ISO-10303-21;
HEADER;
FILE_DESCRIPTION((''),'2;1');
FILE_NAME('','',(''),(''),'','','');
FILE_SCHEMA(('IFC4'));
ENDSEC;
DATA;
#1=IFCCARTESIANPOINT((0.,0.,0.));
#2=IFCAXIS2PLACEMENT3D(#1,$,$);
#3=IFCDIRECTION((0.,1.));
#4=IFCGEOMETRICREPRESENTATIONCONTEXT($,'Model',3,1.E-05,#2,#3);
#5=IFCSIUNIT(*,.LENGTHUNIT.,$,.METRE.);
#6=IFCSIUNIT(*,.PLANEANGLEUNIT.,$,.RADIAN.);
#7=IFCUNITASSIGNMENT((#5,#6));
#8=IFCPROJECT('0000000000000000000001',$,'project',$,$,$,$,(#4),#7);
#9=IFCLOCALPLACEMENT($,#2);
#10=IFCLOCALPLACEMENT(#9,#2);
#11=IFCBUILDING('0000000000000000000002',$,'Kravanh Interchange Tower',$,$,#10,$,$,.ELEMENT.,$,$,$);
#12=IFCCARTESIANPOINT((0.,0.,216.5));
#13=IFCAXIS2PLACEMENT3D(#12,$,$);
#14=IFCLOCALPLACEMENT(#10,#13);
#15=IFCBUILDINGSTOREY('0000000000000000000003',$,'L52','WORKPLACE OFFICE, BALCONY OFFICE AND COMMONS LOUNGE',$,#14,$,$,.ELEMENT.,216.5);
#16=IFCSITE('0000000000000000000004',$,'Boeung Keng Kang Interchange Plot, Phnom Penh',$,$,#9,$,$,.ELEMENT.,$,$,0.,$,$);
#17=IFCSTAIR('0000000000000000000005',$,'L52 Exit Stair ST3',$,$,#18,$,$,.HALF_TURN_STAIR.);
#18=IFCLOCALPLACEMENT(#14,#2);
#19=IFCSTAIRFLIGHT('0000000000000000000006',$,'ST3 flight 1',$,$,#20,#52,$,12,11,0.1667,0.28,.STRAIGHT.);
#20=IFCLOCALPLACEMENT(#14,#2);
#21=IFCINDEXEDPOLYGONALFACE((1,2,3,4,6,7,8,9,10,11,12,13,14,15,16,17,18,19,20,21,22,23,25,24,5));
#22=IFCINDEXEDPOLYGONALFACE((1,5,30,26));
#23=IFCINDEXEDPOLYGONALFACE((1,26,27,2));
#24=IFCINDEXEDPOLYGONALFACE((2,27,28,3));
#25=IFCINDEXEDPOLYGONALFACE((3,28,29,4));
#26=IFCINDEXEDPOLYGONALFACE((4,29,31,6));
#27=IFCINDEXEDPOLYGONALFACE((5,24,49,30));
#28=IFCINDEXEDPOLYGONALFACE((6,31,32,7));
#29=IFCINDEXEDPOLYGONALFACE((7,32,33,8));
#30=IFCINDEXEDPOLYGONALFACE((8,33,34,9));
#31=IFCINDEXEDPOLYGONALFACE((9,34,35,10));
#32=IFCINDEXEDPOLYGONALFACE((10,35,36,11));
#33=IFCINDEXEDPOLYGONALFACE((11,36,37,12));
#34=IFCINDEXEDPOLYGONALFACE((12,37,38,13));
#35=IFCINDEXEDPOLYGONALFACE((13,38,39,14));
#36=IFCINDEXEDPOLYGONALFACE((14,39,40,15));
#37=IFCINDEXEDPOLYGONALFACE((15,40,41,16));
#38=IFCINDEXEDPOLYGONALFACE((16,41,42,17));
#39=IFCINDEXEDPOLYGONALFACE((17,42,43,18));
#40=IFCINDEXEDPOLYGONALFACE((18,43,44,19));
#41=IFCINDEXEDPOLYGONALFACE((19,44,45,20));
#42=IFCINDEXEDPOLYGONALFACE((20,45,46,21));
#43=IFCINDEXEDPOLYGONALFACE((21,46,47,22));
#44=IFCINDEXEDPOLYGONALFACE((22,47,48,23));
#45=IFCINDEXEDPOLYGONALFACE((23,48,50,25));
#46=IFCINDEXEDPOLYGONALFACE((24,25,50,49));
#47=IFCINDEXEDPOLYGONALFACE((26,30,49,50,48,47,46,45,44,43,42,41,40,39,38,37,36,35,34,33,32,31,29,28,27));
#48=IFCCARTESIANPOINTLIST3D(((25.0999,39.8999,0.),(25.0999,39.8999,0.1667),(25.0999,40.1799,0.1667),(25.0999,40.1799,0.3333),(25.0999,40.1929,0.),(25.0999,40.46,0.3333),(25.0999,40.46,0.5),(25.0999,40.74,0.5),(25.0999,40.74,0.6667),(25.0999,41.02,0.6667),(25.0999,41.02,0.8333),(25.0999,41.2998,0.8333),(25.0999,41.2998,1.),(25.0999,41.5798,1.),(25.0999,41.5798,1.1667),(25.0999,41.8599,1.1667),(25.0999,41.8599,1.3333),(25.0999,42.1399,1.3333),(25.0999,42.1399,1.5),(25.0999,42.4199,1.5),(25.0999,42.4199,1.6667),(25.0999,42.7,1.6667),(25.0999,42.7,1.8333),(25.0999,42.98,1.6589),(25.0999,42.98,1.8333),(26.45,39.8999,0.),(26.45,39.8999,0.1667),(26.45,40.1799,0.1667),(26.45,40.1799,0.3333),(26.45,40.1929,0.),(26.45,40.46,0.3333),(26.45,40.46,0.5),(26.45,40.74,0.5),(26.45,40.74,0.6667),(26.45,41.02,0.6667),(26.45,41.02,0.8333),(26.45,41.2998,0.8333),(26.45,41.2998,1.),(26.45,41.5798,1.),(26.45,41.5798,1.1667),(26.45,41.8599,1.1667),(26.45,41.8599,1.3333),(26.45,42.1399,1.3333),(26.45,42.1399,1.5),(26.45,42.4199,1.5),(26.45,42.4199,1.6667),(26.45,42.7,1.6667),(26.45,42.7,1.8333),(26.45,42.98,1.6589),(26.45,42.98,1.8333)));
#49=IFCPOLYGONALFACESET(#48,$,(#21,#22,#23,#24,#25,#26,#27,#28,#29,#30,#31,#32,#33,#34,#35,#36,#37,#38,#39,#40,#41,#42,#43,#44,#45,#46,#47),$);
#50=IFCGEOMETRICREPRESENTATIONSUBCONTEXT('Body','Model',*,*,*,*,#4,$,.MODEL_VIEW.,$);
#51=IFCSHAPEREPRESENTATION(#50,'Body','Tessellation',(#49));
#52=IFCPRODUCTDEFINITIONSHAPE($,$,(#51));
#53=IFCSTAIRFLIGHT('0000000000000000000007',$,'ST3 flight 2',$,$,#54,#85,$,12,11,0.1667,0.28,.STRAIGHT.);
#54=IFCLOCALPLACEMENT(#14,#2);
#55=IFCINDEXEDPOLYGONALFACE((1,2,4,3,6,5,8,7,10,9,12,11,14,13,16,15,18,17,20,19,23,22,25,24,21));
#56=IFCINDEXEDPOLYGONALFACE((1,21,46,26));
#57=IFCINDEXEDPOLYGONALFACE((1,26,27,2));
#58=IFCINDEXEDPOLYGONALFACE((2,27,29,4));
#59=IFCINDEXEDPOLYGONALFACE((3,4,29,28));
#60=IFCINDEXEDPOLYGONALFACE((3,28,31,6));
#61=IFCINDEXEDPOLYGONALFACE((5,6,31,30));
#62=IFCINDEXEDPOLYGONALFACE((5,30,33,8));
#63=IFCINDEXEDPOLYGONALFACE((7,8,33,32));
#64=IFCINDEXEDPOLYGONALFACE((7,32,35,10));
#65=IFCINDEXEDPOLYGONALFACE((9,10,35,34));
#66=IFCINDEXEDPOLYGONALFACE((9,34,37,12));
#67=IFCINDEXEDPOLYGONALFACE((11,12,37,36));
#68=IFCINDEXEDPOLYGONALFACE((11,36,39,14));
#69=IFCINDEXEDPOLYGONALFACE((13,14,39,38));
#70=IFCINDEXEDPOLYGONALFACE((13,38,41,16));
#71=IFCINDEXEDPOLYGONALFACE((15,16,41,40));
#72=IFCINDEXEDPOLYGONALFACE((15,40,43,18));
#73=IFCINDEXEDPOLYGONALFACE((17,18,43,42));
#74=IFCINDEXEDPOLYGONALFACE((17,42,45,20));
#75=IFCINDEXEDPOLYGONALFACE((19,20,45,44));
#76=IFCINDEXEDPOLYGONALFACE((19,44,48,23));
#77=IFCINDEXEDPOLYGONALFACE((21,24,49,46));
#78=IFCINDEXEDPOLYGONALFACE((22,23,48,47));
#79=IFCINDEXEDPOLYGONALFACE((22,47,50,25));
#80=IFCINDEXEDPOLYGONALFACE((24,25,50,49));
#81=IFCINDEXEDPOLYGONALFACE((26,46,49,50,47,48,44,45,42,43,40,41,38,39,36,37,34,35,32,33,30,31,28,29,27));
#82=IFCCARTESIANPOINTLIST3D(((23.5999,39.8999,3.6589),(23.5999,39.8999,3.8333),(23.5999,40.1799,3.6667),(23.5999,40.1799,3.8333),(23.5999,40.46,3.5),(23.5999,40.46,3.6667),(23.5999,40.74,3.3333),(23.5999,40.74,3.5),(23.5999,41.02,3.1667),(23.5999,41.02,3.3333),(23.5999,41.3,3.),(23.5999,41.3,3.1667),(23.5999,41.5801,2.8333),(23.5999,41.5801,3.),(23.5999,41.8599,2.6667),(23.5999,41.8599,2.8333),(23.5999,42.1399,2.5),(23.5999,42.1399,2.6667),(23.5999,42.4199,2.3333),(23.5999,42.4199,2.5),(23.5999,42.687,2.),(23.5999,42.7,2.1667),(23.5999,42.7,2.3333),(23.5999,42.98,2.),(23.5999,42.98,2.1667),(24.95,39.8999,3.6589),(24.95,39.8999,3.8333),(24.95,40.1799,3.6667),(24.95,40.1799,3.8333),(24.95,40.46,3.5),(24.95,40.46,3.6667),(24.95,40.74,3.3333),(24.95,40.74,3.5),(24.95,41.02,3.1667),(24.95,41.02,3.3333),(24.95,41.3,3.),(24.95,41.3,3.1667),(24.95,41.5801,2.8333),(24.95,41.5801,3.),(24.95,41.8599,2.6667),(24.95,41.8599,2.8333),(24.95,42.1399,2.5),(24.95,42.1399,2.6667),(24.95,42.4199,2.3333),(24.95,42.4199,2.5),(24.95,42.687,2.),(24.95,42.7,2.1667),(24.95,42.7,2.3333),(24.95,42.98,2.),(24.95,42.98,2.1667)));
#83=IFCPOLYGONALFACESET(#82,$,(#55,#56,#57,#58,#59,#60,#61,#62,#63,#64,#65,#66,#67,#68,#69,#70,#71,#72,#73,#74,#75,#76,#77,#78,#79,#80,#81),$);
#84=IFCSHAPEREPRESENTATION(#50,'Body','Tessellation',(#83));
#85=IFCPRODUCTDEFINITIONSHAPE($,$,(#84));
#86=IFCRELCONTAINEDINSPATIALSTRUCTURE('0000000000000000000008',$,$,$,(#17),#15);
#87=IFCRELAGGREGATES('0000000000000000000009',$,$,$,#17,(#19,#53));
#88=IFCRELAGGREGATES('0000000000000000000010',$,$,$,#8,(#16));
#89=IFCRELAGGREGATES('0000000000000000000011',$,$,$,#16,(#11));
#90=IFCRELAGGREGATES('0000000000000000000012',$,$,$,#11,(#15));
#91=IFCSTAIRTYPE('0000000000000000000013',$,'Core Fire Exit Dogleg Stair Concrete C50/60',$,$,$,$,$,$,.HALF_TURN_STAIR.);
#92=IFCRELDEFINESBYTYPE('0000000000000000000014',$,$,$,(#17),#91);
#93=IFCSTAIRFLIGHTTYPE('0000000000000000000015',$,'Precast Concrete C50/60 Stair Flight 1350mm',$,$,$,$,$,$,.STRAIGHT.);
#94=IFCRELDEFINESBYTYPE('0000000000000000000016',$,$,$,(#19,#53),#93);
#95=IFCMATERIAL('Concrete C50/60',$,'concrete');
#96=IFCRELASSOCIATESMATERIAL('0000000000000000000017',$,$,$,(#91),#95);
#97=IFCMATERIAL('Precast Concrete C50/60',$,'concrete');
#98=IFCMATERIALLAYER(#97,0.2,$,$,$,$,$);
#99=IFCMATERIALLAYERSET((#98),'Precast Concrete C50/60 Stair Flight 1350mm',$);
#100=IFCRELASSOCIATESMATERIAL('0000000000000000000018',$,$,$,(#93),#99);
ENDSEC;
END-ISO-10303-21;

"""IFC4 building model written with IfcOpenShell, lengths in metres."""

from ifc_helpers import new_model, si_unit, direction, frame, origin, place, context, subcontext, project, spatial, polyline, outline, extrude, material, layer, layer_set, type_object, element, aggregate, save


model = new_model("IFC4")

# Units and contexts
model_context = context("Model", 3, precision=1e-05, world=origin(), true_north=direction((0.0, 1.0)))
body_context = subcontext(model_context, "Body", "Model", "MODEL_VIEW")
ifc_project = project(units=[si_unit("LENGTHUNIT", "METRE"), si_unit("PLANEANGLEUNIT", "RADIAN")], contexts=[model_context])

# Site, building, storey
site_placement = place(None, origin())
site = spatial("IfcSite", under=ifc_project, at=site_placement, Name="Boeung Keng Kang Interchange Plot, Phnom Penh", CompositionType="ELEMENT", RefElevation=0.0)
building_placement = place(site_placement, origin())
building = spatial("IfcBuilding", under=site, at=building_placement, Name="Kravanh Interchange Tower", CompositionType="ELEMENT")
storey_placement = place(building_placement, frame((0.0, 0.0, 216.5)))
storey = spatial("IfcBuildingStorey", under=building, at=storey_placement, Name="L52", Description="WORKPLACE OFFICE, BALCONY OFFICE AND COMMONS LOUNGE", CompositionType="ELEMENT", Elevation=216.5)

# Stair, stair flights
ifc_material_1 = material(Name="Concrete C50/60", Category="concrete")
stair_type = type_object("IfcStairType", Name="Core Fire Exit Dogleg Stair Concrete C50/60", PredefinedType="HALF_TURN_STAIR", material=ifc_material_1)
stair_placement = place(storey_placement, origin())
stair = element("IfcStair", 1, at=stair_placement, inside=storey, type_object=stair_type, Name="L52 Exit Stair ST3", PredefinedType="HALF_TURN_STAIR")
ifc_material_2 = material(Name="Precast Concrete C50/60", Category="concrete")
ifc_layer_1 = layer(ifc_material_2, 0.2)
ifc_layer_set_1 = layer_set([ifc_layer_1], Name="Precast Concrete C50/60 Stair Flight 1350mm")
stair_flight_type = type_object("IfcStairFlightType", Name="Precast Concrete C50/60 Stair Flight 1350mm", PredefinedType="STRAIGHT", material=ifc_layer_set_1)
stair_flight_1_placement = place(storey_placement, frame((25.7749, 39.8999, 0.0), z_axis=(0.0, 0.0, 1.0), x_axis=(0.0, 1.0, 0.0)))
stair_flight_1 = element("IfcStairFlight", 2, at=stair_flight_1_placement, type_object=stair_flight_type, Name="ST3 flight 1", NumberOfRisers=12, NumberOfTreads=11, PredefinedType="STRAIGHT", RiserHeight=0.1667, TreadLength=0.28, context=body_context, shape_type="SweptSolid", body=[
    extrude(outline(polyline([(0.0, 0.0), (0.0, 0.1667), (0.28, 0.1667), (0.28, 0.3333), (0.5601, 0.3333), (0.5601, 0.5), (0.8401, 0.5), (0.8401, 0.6667), (1.1201, 0.6667), (1.1201, 0.8333), (1.3999, 0.8333), (1.3999, 1.0), (1.6799, 1.0), (1.6799, 1.1667), (1.96, 1.1667), (1.96, 1.3333), (2.24, 1.3333), (2.24, 1.5), (2.52, 1.5), (2.52, 1.6667), (2.8, 1.6667), (2.8, 1.8333), (3.0801, 1.8333), (3.0801, 2.0), (3.0801, 1.6589), (0.293, 0.0), (0.0, 0.0)])), frame((0.0, 0.675, 0.0), z_axis=(0.0, -1.0, 0.0), x_axis=(1.0, 0.0, 0.0)), (0.0, 0.0, 1.0), 1.3501),
])
stair_flight_2_placement = place(storey_placement, frame((24.2749, 42.98, 2.0), z_axis=(0.0, 0.0, 1.0), x_axis=(0.0, -1.0, 0.0)))
stair_flight_2 = element("IfcStairFlight", 3, at=stair_flight_2_placement, type_object=stair_flight_type, Name="ST3 flight 2", NumberOfRisers=12, NumberOfTreads=11, PredefinedType="STRAIGHT", RiserHeight=0.1667, TreadLength=0.28, context=body_context, shape_type="SweptSolid", body=[
    extrude(outline(polyline([(0.0, 0.0), (0.0, 0.1667), (0.28, 0.1667), (0.28, 0.3333), (0.5601, 0.3333), (0.5601, 0.5), (0.8401, 0.5), (0.8401, 0.6667), (1.1201, 0.6667), (1.1201, 0.8333), (1.3999, 0.8333), (1.3999, 1.0), (1.6799, 1.0), (1.6799, 1.1667), (1.96, 1.1667), (1.96, 1.3333), (2.24, 1.3333), (2.24, 1.5), (2.52, 1.5), (2.52, 1.6667), (2.8, 1.6667), (2.8, 1.8333), (3.0801, 1.8333), (3.0801, 2.0), (3.0801, 1.6589), (0.293, 0.0), (0.0, 0.0)])), frame((0.0, 0.675, 0.0), z_axis=(0.0, -1.0, 0.0), x_axis=(1.0, 0.0, 0.0)), (0.0, 0.0, 1.0), 1.3501),
])
aggregate(stair, [stair_flight_1, stair_flight_2])

save(model, "model.ifc")
